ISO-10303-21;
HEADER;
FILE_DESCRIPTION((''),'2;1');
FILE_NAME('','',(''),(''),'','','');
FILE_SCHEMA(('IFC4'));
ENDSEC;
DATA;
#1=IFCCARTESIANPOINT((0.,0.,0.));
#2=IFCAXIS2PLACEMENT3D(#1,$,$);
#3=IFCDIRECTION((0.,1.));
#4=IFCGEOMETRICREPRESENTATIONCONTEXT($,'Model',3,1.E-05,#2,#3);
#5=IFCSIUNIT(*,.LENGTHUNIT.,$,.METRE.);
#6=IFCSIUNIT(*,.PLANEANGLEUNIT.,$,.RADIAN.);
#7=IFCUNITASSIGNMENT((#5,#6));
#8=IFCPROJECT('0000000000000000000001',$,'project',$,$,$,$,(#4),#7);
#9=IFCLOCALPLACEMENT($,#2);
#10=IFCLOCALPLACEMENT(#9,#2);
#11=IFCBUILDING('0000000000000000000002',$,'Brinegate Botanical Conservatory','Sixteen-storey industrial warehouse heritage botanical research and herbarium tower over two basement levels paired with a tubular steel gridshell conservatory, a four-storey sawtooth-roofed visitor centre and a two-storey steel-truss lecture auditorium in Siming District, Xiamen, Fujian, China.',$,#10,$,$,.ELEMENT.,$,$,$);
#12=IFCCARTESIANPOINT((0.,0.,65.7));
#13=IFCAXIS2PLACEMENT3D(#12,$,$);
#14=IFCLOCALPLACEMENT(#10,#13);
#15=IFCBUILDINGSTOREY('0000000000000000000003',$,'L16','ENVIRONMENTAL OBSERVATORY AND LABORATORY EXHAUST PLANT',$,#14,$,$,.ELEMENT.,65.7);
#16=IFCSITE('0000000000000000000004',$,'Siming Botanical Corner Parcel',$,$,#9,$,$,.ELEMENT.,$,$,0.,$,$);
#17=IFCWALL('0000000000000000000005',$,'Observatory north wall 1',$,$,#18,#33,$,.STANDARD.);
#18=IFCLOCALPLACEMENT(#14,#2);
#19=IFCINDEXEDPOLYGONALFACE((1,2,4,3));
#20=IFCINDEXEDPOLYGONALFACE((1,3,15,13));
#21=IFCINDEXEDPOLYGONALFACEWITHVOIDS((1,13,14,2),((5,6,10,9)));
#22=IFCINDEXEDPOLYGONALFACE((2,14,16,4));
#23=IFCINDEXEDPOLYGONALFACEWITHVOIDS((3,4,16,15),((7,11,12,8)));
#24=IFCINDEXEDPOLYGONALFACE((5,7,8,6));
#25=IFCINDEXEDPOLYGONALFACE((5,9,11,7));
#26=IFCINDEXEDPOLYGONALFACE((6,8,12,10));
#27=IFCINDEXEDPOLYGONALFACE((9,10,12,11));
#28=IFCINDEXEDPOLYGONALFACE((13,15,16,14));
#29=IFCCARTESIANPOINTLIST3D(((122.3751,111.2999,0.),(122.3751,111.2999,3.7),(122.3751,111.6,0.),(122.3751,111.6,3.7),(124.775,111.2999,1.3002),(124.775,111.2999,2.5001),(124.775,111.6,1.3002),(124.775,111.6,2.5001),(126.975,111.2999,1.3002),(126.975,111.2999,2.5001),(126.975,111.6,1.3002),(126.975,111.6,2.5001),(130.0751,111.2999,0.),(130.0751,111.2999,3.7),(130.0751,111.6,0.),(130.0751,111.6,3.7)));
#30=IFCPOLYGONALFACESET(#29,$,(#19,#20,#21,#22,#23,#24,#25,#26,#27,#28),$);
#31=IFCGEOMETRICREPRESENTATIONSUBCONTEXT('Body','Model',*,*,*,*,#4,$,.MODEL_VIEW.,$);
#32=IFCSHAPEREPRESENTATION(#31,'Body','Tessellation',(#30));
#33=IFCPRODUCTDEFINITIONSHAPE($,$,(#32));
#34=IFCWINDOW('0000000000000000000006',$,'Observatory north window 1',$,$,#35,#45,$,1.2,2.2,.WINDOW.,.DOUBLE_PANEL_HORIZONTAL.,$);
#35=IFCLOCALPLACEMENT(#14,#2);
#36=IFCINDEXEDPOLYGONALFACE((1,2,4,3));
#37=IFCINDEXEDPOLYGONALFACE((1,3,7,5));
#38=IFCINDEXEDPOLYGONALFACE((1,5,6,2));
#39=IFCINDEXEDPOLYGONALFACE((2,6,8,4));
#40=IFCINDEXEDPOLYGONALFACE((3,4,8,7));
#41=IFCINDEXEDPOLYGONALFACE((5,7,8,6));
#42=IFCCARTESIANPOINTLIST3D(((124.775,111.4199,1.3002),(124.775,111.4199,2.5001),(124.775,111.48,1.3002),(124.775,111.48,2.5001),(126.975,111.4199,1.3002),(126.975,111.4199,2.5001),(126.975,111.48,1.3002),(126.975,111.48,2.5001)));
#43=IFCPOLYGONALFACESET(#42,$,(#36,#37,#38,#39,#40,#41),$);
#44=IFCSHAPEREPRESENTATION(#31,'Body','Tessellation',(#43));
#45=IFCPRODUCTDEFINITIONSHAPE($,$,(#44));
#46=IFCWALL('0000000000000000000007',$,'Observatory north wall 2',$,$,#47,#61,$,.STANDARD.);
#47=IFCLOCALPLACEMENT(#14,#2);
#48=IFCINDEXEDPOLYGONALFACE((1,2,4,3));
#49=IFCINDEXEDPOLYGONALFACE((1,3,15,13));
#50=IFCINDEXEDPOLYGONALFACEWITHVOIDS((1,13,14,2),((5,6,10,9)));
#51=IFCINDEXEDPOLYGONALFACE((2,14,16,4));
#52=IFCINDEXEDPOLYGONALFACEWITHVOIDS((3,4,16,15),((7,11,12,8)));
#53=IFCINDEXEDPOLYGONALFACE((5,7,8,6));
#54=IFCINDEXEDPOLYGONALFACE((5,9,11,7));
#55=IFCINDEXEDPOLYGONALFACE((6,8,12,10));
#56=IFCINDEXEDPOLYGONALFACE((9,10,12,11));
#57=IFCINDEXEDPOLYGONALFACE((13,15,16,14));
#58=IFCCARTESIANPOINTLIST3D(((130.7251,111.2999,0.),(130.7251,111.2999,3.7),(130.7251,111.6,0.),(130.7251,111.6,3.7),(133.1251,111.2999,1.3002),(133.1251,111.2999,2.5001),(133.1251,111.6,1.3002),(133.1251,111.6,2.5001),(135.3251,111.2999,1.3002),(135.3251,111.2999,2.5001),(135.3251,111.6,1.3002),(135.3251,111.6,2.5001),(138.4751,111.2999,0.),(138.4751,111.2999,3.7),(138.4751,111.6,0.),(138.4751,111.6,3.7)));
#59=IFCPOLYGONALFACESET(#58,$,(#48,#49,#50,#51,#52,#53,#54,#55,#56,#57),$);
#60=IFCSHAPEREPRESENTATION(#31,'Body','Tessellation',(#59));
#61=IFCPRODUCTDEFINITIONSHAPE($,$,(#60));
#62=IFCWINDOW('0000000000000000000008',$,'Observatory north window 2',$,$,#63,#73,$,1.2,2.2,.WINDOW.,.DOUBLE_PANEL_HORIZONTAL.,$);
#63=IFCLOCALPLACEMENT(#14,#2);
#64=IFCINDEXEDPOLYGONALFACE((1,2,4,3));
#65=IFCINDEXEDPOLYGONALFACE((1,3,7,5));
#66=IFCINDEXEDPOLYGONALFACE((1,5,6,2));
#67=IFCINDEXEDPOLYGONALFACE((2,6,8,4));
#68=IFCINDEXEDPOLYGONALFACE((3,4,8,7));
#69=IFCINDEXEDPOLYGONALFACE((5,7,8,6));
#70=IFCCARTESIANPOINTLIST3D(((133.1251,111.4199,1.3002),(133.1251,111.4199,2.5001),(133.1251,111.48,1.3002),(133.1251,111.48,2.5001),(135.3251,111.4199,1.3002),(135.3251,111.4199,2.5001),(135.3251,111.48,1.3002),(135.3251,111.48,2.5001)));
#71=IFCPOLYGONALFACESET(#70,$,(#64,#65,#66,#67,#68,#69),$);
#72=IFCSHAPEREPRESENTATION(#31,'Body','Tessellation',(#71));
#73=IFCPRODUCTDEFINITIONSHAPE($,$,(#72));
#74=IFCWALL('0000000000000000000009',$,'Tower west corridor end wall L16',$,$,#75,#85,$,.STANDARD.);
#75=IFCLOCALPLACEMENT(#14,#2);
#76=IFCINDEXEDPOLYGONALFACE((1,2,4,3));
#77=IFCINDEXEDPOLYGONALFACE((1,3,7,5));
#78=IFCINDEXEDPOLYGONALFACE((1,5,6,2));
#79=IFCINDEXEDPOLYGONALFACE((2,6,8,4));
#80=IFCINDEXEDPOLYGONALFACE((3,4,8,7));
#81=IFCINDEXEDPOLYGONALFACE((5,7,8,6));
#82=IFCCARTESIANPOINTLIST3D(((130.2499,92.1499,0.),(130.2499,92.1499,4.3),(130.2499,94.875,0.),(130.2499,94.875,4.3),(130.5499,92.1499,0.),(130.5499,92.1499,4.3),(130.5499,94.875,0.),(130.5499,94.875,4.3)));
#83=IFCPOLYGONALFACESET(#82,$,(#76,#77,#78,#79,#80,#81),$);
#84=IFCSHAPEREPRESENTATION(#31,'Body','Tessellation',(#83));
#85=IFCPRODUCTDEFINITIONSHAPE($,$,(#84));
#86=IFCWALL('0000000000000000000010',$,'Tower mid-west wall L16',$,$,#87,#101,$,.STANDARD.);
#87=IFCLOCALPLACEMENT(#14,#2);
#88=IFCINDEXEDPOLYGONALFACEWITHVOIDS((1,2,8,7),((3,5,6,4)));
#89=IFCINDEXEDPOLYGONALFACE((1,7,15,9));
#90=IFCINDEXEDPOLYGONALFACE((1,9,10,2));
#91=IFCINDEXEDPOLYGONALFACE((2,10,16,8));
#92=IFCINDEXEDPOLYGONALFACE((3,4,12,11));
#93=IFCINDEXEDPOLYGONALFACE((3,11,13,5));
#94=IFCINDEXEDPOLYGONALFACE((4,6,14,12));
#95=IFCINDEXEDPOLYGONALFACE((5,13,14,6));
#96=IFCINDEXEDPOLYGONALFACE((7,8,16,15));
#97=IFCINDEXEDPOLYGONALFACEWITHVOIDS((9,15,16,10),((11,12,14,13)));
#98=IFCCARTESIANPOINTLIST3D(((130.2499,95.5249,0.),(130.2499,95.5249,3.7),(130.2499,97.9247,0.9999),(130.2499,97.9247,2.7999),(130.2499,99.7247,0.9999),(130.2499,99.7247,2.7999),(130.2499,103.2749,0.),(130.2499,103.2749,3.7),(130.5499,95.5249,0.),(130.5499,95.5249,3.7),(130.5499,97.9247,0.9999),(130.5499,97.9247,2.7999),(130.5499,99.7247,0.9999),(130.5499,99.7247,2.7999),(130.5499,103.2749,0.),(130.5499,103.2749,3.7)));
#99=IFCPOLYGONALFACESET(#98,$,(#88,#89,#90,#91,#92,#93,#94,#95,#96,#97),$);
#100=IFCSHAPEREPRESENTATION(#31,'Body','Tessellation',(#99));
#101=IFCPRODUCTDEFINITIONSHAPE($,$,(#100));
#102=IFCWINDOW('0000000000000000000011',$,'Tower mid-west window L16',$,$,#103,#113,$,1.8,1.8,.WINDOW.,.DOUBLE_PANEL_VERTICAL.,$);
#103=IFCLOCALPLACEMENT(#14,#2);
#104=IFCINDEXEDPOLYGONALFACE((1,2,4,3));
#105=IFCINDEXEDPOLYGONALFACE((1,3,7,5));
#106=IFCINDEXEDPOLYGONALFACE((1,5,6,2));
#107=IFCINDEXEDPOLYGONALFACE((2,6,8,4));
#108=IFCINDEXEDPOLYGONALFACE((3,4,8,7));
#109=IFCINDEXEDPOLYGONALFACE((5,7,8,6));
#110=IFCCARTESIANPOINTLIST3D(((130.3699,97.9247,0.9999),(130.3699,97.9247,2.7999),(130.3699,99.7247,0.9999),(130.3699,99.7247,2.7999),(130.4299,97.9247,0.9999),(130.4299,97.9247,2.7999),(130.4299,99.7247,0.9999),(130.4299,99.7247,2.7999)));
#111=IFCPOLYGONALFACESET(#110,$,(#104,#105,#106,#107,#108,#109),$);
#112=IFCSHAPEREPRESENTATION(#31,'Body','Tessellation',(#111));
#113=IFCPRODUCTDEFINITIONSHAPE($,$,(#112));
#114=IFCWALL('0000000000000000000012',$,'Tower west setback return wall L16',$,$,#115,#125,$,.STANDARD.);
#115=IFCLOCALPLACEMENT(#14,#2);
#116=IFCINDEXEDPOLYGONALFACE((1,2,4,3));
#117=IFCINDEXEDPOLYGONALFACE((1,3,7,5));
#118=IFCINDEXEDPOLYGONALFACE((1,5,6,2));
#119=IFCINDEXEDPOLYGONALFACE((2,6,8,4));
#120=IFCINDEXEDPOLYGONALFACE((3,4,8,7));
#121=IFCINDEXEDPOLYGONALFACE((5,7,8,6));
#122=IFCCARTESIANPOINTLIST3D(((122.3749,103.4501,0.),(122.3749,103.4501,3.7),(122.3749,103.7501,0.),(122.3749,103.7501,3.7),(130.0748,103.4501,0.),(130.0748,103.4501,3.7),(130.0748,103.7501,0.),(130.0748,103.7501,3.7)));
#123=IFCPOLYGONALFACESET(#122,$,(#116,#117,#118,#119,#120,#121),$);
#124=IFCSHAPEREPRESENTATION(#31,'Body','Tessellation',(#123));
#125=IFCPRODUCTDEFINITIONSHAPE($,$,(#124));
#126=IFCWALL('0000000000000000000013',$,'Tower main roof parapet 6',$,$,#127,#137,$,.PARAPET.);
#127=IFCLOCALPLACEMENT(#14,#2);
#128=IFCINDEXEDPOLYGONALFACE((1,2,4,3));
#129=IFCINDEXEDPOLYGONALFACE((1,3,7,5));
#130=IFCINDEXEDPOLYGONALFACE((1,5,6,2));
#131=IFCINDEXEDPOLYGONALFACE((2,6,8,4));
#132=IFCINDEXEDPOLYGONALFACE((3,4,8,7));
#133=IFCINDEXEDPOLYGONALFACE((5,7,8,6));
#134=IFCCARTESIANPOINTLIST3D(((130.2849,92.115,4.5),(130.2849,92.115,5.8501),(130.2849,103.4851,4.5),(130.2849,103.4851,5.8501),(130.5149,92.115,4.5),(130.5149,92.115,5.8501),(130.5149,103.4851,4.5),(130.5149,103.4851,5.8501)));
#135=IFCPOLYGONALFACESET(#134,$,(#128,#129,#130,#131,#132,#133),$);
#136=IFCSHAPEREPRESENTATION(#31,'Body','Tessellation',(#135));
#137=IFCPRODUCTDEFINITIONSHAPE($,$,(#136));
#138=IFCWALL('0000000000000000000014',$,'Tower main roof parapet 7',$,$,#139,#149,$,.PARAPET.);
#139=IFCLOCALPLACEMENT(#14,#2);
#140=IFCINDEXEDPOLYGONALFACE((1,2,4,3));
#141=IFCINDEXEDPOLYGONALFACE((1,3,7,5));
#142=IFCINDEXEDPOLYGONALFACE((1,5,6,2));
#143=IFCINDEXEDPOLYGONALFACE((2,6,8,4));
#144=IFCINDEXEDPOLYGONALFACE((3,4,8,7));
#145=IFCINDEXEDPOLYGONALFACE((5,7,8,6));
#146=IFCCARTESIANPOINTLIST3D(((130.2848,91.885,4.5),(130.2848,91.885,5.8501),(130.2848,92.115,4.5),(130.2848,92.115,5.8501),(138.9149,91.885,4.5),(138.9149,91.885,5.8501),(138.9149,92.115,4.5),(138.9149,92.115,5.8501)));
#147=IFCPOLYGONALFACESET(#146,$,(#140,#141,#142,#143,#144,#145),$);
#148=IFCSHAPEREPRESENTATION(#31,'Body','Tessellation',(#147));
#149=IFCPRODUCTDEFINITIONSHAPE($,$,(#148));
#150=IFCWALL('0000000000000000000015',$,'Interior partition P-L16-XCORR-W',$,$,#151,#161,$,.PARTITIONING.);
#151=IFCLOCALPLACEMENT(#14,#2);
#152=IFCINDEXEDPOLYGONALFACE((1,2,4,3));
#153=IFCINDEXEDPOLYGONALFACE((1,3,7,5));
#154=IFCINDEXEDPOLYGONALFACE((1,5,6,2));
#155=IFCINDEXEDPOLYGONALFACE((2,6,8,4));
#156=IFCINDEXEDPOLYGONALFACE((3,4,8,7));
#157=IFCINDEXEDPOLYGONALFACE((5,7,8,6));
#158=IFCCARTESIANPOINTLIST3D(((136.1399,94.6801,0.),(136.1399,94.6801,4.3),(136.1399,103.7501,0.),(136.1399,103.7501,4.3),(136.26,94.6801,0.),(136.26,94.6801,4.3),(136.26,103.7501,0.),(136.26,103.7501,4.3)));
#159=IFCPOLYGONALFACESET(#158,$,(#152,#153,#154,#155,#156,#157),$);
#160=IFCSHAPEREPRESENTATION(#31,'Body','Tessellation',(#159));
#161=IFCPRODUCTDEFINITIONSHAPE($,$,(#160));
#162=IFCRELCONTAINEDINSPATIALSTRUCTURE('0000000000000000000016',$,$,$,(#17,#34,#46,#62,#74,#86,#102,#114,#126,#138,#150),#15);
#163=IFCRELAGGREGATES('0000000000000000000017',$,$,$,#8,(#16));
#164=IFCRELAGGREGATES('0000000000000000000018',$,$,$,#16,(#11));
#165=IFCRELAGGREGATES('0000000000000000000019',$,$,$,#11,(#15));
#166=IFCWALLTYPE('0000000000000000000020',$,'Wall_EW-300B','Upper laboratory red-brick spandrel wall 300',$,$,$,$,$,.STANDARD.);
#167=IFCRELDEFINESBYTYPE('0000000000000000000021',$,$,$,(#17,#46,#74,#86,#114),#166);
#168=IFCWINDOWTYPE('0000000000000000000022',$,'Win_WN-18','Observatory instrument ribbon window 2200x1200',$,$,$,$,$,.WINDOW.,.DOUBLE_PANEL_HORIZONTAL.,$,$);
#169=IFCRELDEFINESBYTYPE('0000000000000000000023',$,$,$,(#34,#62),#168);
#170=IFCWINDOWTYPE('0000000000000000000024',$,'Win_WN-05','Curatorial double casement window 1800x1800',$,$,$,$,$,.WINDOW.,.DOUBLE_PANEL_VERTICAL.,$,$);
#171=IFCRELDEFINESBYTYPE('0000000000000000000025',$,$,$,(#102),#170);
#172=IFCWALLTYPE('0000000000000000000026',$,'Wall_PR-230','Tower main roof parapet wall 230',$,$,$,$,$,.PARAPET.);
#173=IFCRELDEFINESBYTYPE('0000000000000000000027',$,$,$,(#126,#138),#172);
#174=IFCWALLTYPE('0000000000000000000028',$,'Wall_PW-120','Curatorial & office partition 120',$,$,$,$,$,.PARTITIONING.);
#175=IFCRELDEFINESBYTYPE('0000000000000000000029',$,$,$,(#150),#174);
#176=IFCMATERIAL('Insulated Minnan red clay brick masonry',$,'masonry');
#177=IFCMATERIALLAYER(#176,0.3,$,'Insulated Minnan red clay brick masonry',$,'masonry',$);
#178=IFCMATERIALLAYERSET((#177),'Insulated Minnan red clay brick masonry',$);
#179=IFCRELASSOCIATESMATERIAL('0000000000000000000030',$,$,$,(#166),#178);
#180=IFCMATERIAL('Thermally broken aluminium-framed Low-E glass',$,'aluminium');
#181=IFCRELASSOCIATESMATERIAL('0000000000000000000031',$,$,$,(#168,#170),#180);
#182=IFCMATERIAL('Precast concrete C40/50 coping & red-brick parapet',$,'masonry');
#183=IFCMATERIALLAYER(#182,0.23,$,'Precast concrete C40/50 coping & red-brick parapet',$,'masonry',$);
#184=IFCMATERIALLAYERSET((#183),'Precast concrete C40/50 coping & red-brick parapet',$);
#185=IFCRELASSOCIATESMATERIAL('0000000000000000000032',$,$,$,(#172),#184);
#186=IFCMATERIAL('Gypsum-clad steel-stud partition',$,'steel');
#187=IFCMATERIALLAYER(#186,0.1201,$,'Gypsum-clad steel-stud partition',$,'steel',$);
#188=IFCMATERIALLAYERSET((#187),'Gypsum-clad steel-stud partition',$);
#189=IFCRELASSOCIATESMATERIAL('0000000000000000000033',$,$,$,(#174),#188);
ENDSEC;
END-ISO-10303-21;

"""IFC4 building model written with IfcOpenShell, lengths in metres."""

from ifc_helpers import new_model, si_unit, direction, frame, frame_2d, origin, place, context, subcontext, project, spatial, rectangle, extrude, material, layer, layer_set, type_object, element, fill, save


model = new_model("IFC4")

# Units and contexts
model_context = context("Model", 3, precision=1e-05, world=origin(), true_north=direction((0.0, 1.0)))
body_context = subcontext(model_context, "Body", "Model", "MODEL_VIEW")
ifc_project = project(units=[si_unit("LENGTHUNIT", "METRE"), si_unit("PLANEANGLEUNIT", "RADIAN")], contexts=[model_context])

# Site, building, storey
site_placement = place(None, origin())
site = spatial("IfcSite", under=ifc_project, at=site_placement, Name="Siming Botanical Corner Parcel", CompositionType="ELEMENT", RefElevation=0.0)
building_placement = place(site_placement, origin())
building = spatial("IfcBuilding", under=site, at=building_placement, Name="Brinegate Botanical Conservatory", Description="Sixteen-storey industrial warehouse heritage botanical research and herbarium tower over two basement levels paired with a tubular steel gridshell conservatory, a four-storey sawtooth-roofed visitor centre and a two-storey steel-truss lecture auditorium in Siming District, Xiamen, Fujian, China.", CompositionType="ELEMENT")
storey_placement = place(building_placement, frame((0.0, 0.0, 65.7)))
storey = spatial("IfcBuildingStorey", under=building, at=storey_placement, Name="L16", Description="ENVIRONMENTAL OBSERVATORY AND LABORATORY EXHAUST PLANT", CompositionType="ELEMENT", Elevation=65.7)

# Walls, openings, windows
ifc_material_1 = material(Name="Insulated Minnan red clay brick masonry", Category="masonry")
ifc_layer_1 = layer(ifc_material_1, 0.3, Name="Insulated Minnan red clay brick masonry", Category="masonry")
ifc_layer_set_1 = layer_set([ifc_layer_1], Name="Insulated Minnan red clay brick masonry")
wall_type_1 = type_object("IfcWallType", Name="Wall_EW-300B", Description="Upper laboratory red-brick spandrel wall 300", PredefinedType="STANDARD", material=ifc_layer_set_1)
wall_1_placement = place(storey_placement, frame((122.375, 111.45, 0.0), z_axis=(0.0, 0.0, 1.0), x_axis=(1.0, 0.0, 0.0)))
wall_1 = element("IfcWall", 1, at=wall_1_placement, inside=storey, type_object=wall_type_1, Name="Observatory north wall 1", PredefinedType="STANDARD", context=body_context, shape_type="SweptSolid", body=[
    extrude(rectangle(XDim=7.7, YDim=0.3, at=frame_2d((3.8501, 0.0))), origin(), (0.0, 0.0, 1.0), 3.7),
])
opening_1_placement = place(wall_1_placement, frame((2.3999, 0.0, 1.3)))
opening_1 = element("IfcOpeningElement", 2, at=opening_1_placement, cuts=wall_1, PredefinedType="OPENING", context=body_context, shape_type="SweptSolid", body=[
    extrude(rectangle(XDim=2.2, YDim=1.2, at=frame_2d((1.1001, 0.6001))), frame((0.0, 0.1599, 0.0), z_axis=(0.0, -1.0, 0.0), x_axis=(1.0, 0.0, 0.0)), (0.0, 0.0, 1.0), 0.3201),
])
ifc_material_2 = material(Name="Thermally broken aluminium-framed Low-E glass", Category="aluminium")
window_type_1 = type_object("IfcWindowType", Name="Win_WN-18", Description="Observatory instrument ribbon window 2200x1200", PartitioningType="DOUBLE_PANEL_HORIZONTAL", PredefinedType="WINDOW", material=ifc_material_2)
window_1_placement = place(opening_1_placement, origin())
window_1 = element("IfcWindow", 3, at=window_1_placement, inside=storey, type_object=window_type_1, Name="Observatory north window 1", OverallHeight=1.2, OverallWidth=2.2, PartitioningType="DOUBLE_PANEL_HORIZONTAL", PredefinedType="WINDOW", context=body_context, shape_type="SweptSolid", body=[
    extrude(rectangle(XDim=2.2, YDim=1.2, at=frame_2d((1.1001, 0.6001))), frame((0.0, 0.03, 0.0), z_axis=(0.0, -1.0, 0.0), x_axis=(1.0, 0.0, 0.0)), (0.0, 0.0, 1.0), 0.0601),
])
fill(opening_1, window_1)
wall_2_placement = place(storey_placement, frame((130.7251, 111.45, 0.0), z_axis=(0.0, 0.0, 1.0), x_axis=(1.0, 0.0, 0.0)))
wall_2 = element("IfcWall", 4, at=wall_2_placement, inside=storey, type_object=wall_type_1, Name="Observatory north wall 2", PredefinedType="STANDARD", context=body_context, shape_type="SweptSolid", body=[
    extrude(rectangle(XDim=7.75, YDim=0.3, at=frame_2d((3.875, 0.0))), origin(), (0.0, 0.0, 1.0), 3.7),
])
opening_2_placement = place(wall_2_placement, frame((2.3999, 0.0, 1.3)))
opening_2 = element("IfcOpeningElement", 5, at=opening_2_placement, cuts=wall_2, PredefinedType="OPENING", context=body_context, shape_type="SweptSolid", body=[
    extrude(rectangle(XDim=2.2, YDim=1.2, at=frame_2d((1.1001, 0.6001))), frame((0.0, 0.1599, 0.0), z_axis=(0.0, -1.0, 0.0), x_axis=(1.0, 0.0, 0.0)), (0.0, 0.0, 1.0), 0.3201),
])
window_2_placement = place(opening_2_placement, origin())
window_2 = element("IfcWindow", 6, at=window_2_placement, inside=storey, type_object=window_type_1, Name="Observatory north window 2", OverallHeight=1.2, OverallWidth=2.2, PartitioningType="DOUBLE_PANEL_HORIZONTAL", PredefinedType="WINDOW", context=body_context, shape_type="SweptSolid", body=[
    extrude(rectangle(XDim=2.2, YDim=1.2, at=frame_2d((1.1001, 0.6001))), frame((0.0, 0.03, 0.0), z_axis=(0.0, -1.0, 0.0), x_axis=(1.0, 0.0, 0.0)), (0.0, 0.0, 1.0), 0.0601),
])
fill(opening_2, window_2)

# Wall
wall_3_placement = place(storey_placement, frame((130.3999, 92.1499, 0.0), z_axis=(0.0, 0.0, 1.0), x_axis=(0.0, 1.0, 0.0)))
element("IfcWall", 7, at=wall_3_placement, inside=storey, type_object=wall_type_1, Name="Tower west corridor end wall L16", PredefinedType="STANDARD", context=body_context, shape_type="SweptSolid", body=[
    extrude(rectangle(XDim=2.7251, YDim=0.3, at=frame_2d((1.3625, 0.0))), origin(), (0.0, 0.0, 1.0), 4.3),
])

# Wall, opening, window
wall_4_placement = place(storey_placement, frame((130.3999, 95.5249, 0.0), z_axis=(0.0, 0.0, 1.0), x_axis=(0.0, 1.0, 0.0)))
wall_4 = element("IfcWall", 8, at=wall_4_placement, inside=storey, type_object=wall_type_1, Name="Tower mid-west wall L16", PredefinedType="STANDARD", context=body_context, shape_type="SweptSolid", body=[
    extrude(rectangle(XDim=7.75, YDim=0.3, at=frame_2d((3.875, 0.0))), origin(), (0.0, 0.0, 1.0), 3.7),
])
opening_3_placement = place(wall_4_placement, frame((2.3999, 0.0, 1.0)))
opening_3 = element("IfcOpeningElement", 9, at=opening_3_placement, cuts=wall_4, PredefinedType="OPENING", context=body_context, shape_type="SweptSolid", body=[
    extrude(rectangle(XDim=1.8, YDim=1.8, at=frame_2d((0.8999, 0.8999))), frame((0.0, 0.1599, 0.0), z_axis=(0.0, -1.0, 0.0), x_axis=(1.0, 0.0, 0.0)), (0.0, 0.0, 1.0), 0.3201),
])
window_type_2 = type_object("IfcWindowType", Name="Win_WN-05", Description="Curatorial double casement window 1800x1800", PartitioningType="DOUBLE_PANEL_VERTICAL", PredefinedType="WINDOW", material=ifc_material_2)
window_3_placement = place(opening_3_placement, origin())
window_3 = element("IfcWindow", 10, at=window_3_placement, inside=storey, type_object=window_type_2, Name="Tower mid-west window L16", OverallHeight=1.8, OverallWidth=1.8, PartitioningType="DOUBLE_PANEL_VERTICAL", PredefinedType="WINDOW", context=body_context, shape_type="SweptSolid", body=[
    extrude(rectangle(XDim=1.8, YDim=1.8, at=frame_2d((0.8999, 0.8999))), frame((0.0, 0.03, 0.0), z_axis=(0.0, -1.0, 0.0), x_axis=(1.0, 0.0, 0.0)), (0.0, 0.0, 1.0), 0.0601),
])
fill(opening_3, window_3)

# Walls
wall_5_placement = place(storey_placement, frame((130.075, 103.6001, 0.0), z_axis=(0.0, 0.0, 1.0), x_axis=(-1.0, 0.0, 0.0)))
element("IfcWall", 11, at=wall_5_placement, inside=storey, type_object=wall_type_1, Name="Tower west setback return wall L16", PredefinedType="STANDARD", context=body_context, shape_type="SweptSolid", body=[
    extrude(rectangle(XDim=7.7, YDim=0.3, at=frame_2d((3.8501, 0.0))), origin(), (0.0, 0.0, 1.0), 3.7),
])
ifc_material_3 = material(Name="Precast concrete C40/50 coping & red-brick parapet", Category="masonry")
ifc_layer_2 = layer(ifc_material_3, 0.23, Name="Precast concrete C40/50 coping & red-brick parapet", Category="masonry")
ifc_layer_set_2 = layer_set([ifc_layer_2], Name="Precast concrete C40/50 coping & red-brick parapet")
wall_type_2 = type_object("IfcWallType", Name="Wall_PR-230", Description="Tower main roof parapet wall 230", PredefinedType="PARAPET", material=ifc_layer_set_2)
wall_6_placement = place(storey_placement, frame((130.3999, 103.4851, 4.5), z_axis=(0.0, 0.0, 1.0), x_axis=(0.0, -1.0, 0.0)))
element("IfcWall", 12, at=wall_6_placement, inside=storey, type_object=wall_type_2, Name="Tower main roof parapet 6", PredefinedType="PARAPET", context=body_context, shape_type="SweptSolid", body=[
    extrude(rectangle(XDim=11.3701, YDim=0.23, at=frame_2d((5.6851, 0.0))), origin(), (0.0, 0.0, 1.0), 1.3501),
])
wall_7_placement = place(storey_placement, frame((130.2849, 92.0, 4.5), z_axis=(0.0, 0.0, 1.0), x_axis=(1.0, 0.0, 0.0)))
element("IfcWall", 13, at=wall_7_placement, inside=storey, type_object=wall_type_2, Name="Tower main roof parapet 7", PredefinedType="PARAPET", context=body_context, shape_type="SweptSolid", body=[
    extrude(rectangle(XDim=8.6301, YDim=0.23, at=frame_2d((4.3149, 0.0))), origin(), (0.0, 0.0, 1.0), 1.3501),
])
ifc_material_4 = material(Name="Gypsum-clad steel-stud partition", Category="steel")
ifc_layer_3 = layer(ifc_material_4, 0.1201, Name="Gypsum-clad steel-stud partition", Category="steel")
ifc_layer_set_3 = layer_set([ifc_layer_3], Name="Gypsum-clad steel-stud partition")
wall_type_3 = type_object("IfcWallType", Name="Wall_PW-120", Description="Curatorial & office partition 120", PredefinedType="PARTITIONING", material=ifc_layer_set_3)
wall_8_placement = place(storey_placement, frame((136.2, 94.6799, 0.0), z_axis=(0.0, 0.0, 1.0), x_axis=(0.0, 1.0, 0.0)))
element("IfcWall", 14, at=wall_8_placement, inside=storey, type_object=wall_type_3, Name="Interior partition P-L16-XCORR-W", PredefinedType="PARTITIONING", context=body_context, shape_type="SweptSolid", body=[
    extrude(rectangle(XDim=9.0701, YDim=0.1201, at=frame_2d((4.5352, 0.0))), origin(), (0.0, 0.0, 1.0), 4.3),
])

save(model, "model.ifc")
